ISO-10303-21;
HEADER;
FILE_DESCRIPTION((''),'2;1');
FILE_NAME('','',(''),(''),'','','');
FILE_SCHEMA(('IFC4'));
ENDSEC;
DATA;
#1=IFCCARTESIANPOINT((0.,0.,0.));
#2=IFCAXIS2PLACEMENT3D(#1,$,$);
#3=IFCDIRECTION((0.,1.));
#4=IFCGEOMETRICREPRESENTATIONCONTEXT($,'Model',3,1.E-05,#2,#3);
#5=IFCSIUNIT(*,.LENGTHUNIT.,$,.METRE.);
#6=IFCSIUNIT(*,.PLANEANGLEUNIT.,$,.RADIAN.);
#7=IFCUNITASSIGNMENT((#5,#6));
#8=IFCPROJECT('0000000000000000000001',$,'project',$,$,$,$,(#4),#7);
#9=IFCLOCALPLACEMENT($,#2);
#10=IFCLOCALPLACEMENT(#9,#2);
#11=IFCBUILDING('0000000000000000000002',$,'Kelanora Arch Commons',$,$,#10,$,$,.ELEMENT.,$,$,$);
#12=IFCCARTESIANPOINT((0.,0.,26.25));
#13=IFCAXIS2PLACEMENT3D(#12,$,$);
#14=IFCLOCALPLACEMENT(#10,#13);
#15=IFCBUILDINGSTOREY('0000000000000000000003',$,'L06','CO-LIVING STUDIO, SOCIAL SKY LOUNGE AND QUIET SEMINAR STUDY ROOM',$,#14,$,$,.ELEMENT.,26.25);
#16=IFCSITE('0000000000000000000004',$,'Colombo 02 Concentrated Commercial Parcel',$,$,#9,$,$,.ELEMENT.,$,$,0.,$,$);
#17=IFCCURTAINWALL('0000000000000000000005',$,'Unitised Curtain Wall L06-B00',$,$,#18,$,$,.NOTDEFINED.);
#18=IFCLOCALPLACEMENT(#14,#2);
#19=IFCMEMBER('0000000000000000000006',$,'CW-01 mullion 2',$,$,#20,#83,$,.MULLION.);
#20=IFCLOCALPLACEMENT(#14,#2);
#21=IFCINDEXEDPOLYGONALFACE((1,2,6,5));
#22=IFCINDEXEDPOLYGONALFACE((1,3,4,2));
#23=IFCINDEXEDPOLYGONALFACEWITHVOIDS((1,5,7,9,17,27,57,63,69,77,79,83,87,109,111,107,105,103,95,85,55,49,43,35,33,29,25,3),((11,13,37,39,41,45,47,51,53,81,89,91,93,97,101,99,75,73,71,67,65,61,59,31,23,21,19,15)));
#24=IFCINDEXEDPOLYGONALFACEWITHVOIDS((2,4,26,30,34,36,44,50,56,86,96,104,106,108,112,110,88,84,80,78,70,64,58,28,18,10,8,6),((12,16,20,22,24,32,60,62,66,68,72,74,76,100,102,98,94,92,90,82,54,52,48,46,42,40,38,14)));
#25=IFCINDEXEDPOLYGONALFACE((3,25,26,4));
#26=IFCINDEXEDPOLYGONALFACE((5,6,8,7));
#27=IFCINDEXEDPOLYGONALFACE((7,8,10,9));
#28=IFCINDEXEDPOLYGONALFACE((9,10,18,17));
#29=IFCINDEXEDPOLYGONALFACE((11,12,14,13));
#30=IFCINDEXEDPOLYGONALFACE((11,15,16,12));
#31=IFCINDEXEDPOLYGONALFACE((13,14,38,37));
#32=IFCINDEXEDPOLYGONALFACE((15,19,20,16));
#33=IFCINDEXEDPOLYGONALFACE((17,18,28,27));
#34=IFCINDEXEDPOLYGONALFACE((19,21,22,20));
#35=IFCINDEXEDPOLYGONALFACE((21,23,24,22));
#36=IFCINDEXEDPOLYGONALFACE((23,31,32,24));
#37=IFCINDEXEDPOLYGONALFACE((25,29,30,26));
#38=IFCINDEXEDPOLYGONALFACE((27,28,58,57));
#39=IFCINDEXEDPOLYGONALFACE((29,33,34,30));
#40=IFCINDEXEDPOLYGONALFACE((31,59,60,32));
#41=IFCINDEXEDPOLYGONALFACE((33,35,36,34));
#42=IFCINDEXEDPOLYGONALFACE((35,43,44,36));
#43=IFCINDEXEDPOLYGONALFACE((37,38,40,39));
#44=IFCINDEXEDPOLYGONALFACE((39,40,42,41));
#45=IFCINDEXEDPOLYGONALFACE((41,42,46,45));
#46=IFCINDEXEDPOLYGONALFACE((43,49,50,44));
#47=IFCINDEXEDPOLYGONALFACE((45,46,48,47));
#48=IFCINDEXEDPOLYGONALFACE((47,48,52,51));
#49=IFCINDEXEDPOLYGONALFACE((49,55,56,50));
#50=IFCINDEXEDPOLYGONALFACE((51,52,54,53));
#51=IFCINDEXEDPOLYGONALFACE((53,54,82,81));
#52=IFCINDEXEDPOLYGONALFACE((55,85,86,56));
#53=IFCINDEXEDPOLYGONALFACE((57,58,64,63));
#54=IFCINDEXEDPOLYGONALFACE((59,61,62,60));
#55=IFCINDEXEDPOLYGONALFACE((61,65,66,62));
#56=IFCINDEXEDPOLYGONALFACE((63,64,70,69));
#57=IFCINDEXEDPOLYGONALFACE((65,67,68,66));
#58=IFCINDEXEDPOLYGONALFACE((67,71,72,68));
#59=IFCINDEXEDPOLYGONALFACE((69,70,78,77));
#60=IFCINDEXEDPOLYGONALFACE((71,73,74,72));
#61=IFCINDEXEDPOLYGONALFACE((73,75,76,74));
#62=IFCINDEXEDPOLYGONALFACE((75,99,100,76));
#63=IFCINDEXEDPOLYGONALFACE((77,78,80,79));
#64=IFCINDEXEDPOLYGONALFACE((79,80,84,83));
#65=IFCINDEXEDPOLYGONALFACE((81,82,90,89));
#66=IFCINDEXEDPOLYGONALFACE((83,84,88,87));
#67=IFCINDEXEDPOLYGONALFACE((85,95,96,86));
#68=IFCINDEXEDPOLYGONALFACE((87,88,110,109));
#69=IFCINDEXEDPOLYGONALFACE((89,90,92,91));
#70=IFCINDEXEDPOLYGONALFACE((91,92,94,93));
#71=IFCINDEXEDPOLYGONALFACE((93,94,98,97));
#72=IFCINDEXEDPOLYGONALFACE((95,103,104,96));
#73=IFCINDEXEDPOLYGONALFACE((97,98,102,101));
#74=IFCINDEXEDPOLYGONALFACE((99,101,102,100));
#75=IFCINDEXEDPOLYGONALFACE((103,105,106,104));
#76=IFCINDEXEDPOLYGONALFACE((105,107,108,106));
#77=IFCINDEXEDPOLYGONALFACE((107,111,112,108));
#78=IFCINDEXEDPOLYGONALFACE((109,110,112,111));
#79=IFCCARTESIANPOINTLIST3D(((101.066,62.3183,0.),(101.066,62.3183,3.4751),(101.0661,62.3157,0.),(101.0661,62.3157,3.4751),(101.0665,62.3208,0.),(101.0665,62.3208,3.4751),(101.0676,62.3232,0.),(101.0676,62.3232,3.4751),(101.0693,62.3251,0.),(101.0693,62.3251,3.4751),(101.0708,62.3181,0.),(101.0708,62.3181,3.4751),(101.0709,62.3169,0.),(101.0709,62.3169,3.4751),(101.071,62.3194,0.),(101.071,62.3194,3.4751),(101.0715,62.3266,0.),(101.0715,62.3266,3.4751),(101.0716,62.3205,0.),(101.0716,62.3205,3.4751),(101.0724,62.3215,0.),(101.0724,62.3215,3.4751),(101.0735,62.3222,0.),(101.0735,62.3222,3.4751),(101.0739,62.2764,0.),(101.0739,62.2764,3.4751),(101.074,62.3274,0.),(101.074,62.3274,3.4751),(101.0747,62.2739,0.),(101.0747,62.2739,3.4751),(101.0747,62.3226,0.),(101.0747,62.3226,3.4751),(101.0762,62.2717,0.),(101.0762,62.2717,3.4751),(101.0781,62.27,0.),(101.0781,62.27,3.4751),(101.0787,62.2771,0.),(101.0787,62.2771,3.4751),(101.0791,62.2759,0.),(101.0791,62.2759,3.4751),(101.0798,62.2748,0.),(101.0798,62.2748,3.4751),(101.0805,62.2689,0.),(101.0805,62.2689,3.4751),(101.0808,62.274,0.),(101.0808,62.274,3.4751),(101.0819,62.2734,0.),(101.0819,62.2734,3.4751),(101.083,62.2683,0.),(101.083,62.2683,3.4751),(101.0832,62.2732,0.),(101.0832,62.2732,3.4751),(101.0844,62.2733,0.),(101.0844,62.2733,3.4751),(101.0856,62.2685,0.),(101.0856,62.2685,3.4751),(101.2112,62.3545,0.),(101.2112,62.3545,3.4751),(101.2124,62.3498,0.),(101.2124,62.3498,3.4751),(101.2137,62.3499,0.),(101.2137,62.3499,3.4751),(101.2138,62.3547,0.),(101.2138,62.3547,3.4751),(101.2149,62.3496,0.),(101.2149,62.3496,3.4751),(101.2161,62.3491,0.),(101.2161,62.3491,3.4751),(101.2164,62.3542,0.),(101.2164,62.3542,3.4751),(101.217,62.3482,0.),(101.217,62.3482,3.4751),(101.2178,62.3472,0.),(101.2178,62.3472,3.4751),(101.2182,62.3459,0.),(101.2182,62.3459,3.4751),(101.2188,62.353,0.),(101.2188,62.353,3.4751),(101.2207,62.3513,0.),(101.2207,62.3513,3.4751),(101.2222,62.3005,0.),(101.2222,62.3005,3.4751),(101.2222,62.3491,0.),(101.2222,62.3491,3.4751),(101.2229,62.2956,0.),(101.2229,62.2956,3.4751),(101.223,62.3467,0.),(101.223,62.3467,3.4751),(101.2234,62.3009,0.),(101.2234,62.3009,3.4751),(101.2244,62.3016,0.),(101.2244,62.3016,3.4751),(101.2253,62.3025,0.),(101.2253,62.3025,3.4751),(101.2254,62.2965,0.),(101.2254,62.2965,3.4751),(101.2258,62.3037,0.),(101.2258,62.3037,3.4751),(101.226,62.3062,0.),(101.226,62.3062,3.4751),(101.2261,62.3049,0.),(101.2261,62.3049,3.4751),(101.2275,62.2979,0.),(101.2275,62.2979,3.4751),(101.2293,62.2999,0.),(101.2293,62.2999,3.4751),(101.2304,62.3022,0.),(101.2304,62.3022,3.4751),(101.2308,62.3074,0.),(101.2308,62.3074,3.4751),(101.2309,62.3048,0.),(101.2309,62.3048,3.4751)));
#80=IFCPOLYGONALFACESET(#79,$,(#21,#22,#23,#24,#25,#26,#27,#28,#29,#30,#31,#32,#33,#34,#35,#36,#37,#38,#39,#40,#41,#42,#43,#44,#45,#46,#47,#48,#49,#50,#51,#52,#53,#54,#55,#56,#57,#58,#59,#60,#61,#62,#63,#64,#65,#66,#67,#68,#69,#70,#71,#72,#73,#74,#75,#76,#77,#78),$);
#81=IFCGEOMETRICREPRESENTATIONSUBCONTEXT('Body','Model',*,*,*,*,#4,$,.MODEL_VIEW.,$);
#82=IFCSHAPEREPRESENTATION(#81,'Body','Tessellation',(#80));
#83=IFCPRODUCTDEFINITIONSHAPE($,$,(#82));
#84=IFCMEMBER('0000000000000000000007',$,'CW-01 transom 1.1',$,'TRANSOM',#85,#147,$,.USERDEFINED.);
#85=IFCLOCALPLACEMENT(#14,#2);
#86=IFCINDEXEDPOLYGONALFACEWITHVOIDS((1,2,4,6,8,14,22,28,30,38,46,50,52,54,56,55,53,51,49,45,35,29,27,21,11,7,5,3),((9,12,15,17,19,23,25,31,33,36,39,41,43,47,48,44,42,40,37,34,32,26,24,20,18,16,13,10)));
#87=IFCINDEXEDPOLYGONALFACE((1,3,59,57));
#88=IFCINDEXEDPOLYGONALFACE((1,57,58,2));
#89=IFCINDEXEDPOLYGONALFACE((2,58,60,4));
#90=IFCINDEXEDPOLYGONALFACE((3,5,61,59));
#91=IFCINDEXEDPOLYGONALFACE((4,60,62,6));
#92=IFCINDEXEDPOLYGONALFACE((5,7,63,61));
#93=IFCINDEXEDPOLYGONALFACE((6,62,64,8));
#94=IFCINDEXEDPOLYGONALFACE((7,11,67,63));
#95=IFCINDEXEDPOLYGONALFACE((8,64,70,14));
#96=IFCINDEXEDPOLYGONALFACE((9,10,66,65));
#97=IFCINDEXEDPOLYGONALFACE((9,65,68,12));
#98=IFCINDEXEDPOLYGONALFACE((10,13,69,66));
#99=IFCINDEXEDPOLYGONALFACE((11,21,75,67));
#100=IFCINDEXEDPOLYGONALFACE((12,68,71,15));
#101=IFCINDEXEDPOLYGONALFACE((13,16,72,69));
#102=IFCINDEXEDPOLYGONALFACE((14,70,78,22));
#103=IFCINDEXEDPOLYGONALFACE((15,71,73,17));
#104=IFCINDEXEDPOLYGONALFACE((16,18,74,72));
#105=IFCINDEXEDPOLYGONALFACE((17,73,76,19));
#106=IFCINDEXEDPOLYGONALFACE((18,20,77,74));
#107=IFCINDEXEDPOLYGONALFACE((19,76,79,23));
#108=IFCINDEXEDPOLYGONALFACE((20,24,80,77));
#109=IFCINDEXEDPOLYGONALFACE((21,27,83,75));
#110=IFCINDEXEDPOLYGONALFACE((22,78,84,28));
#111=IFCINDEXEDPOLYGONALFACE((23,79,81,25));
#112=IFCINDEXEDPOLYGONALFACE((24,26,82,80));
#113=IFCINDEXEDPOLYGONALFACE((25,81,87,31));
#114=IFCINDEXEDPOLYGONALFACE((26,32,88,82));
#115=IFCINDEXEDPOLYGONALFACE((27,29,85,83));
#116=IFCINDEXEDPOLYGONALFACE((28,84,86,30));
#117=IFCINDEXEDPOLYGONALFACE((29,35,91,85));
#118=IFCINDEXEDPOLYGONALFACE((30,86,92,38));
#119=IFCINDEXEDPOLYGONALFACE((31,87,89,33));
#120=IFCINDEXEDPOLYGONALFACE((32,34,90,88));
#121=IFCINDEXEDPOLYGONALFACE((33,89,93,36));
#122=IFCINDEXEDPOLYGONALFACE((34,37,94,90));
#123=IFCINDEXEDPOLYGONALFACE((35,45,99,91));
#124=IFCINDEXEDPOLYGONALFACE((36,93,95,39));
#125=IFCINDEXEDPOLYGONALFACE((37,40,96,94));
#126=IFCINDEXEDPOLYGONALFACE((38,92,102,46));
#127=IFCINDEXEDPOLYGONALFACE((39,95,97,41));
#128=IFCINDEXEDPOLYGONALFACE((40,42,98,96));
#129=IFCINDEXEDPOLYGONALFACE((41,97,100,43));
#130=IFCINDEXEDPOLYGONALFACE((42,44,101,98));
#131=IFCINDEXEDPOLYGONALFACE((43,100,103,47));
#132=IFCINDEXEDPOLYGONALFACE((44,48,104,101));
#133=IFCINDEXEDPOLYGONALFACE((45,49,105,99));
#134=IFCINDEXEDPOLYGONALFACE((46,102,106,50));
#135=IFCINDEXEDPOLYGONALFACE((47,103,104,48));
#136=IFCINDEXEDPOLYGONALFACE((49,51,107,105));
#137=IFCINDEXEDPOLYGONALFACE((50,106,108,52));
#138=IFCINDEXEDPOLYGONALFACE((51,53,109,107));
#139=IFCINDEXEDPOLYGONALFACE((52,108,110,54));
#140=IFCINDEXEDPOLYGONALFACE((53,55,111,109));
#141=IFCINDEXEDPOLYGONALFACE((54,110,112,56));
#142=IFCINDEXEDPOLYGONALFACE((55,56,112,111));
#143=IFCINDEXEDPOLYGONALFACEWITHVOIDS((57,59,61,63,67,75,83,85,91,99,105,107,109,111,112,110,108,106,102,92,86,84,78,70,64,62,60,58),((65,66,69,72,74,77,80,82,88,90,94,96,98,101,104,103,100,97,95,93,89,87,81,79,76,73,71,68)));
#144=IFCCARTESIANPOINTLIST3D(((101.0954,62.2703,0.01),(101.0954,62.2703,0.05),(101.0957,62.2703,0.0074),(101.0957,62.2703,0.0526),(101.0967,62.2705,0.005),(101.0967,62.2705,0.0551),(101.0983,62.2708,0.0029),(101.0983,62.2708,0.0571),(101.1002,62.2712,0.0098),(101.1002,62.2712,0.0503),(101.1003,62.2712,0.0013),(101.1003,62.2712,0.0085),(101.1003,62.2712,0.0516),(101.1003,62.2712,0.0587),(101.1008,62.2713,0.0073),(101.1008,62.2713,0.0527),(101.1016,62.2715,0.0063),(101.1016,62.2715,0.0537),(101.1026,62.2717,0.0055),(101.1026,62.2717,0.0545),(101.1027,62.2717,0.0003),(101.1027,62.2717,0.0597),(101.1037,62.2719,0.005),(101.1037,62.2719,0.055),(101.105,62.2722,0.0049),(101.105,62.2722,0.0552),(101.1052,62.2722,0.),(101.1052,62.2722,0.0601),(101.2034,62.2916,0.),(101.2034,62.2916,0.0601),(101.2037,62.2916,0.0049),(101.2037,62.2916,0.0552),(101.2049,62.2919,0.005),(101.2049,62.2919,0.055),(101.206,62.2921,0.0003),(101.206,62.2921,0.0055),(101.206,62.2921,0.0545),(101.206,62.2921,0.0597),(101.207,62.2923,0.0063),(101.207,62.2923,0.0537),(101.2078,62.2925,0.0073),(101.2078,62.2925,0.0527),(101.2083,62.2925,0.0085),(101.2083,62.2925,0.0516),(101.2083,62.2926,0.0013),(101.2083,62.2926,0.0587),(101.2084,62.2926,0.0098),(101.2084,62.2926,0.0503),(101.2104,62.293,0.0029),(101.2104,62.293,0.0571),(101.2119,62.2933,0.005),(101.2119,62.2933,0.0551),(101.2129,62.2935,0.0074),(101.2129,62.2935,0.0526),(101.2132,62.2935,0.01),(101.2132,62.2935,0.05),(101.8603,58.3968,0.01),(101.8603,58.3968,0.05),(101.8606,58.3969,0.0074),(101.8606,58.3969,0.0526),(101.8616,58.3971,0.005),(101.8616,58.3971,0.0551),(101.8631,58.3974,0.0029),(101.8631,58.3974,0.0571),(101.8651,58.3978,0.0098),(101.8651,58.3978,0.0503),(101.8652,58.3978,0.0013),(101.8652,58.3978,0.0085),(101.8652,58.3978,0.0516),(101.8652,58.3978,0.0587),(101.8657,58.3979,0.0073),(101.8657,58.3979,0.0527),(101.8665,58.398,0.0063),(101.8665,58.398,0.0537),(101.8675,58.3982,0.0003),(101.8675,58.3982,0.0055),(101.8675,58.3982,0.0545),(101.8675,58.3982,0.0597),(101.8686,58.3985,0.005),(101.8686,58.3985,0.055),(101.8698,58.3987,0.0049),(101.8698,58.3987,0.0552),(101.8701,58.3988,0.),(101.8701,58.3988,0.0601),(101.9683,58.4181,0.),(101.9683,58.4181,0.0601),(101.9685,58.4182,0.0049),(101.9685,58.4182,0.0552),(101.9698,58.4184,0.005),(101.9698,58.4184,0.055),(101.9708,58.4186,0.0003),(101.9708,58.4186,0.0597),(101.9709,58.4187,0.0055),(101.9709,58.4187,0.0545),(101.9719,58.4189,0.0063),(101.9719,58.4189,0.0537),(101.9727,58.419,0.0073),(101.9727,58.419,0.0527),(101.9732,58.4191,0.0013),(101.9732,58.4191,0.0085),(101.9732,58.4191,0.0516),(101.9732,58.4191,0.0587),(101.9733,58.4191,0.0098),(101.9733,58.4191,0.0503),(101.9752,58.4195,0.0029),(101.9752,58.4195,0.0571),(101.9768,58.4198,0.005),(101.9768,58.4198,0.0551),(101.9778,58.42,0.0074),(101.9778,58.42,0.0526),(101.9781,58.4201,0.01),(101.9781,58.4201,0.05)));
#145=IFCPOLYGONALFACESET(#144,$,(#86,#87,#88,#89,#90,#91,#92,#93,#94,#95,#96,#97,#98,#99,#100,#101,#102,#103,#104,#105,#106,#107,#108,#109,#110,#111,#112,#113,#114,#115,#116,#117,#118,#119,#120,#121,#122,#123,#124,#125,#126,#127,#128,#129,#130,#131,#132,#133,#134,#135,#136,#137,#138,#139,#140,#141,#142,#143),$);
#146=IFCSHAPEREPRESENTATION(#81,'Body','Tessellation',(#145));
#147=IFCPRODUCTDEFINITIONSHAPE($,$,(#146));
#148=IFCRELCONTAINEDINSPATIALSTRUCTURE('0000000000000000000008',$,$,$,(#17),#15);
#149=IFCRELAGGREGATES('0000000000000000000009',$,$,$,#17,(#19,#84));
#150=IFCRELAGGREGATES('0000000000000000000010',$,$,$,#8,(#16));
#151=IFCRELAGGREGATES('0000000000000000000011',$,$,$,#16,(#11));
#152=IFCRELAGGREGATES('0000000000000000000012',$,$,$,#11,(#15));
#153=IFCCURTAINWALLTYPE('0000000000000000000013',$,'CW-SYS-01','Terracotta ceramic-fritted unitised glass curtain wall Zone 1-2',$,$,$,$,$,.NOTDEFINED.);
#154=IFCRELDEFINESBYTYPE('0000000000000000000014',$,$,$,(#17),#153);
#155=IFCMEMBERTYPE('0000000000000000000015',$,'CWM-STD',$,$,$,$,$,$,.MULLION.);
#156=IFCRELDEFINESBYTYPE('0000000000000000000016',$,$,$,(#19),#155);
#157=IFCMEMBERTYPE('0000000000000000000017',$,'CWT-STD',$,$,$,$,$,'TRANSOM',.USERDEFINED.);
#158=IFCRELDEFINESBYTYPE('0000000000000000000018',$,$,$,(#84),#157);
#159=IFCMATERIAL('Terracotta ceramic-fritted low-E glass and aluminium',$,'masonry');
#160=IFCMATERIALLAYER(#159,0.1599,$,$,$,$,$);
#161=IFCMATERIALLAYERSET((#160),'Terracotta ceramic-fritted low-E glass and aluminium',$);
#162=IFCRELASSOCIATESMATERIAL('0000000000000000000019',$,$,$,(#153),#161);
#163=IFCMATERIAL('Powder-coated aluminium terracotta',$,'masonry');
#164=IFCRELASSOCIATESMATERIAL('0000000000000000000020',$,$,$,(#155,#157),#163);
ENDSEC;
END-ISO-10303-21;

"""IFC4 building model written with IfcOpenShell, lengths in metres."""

from ifc_helpers import new_model, si_unit, direction, frame, origin, origin_2d, place, context, subcontext, project, spatial, hollow_rectangle, extrude, material, layer, layer_set, material_profile, profile_set, type_object, element, aggregate, save


model = new_model("IFC4")

# Units and contexts
model_context = context("Model", 3, precision=1e-05, world=origin(), true_north=direction((0.0, 1.0)))
body_context = subcontext(model_context, "Body", "Model", "MODEL_VIEW")
ifc_project = project(units=[si_unit("LENGTHUNIT", "METRE"), si_unit("PLANEANGLEUNIT", "RADIAN")], contexts=[model_context])

# Site, building, storey
site_placement = place(None, origin())
site = spatial("IfcSite", under=ifc_project, at=site_placement, Name="Colombo 02 Concentrated Commercial Parcel", CompositionType="ELEMENT", RefElevation=0.0)
building_placement = place(site_placement, origin())
building = spatial("IfcBuilding", under=site, at=building_placement, Name="Kelanora Arch Commons", CompositionType="ELEMENT")
storey_placement = place(building_placement, frame((0.0, 0.0, 26.25)))
storey = spatial("IfcBuildingStorey", under=building, at=storey_placement, Name="L06", Description="CO-LIVING STUDIO, SOCIAL SKY LOUNGE AND QUIET SEMINAR STUDY ROOM", CompositionType="ELEMENT", Elevation=26.25)

# Curtain wall, members
ifc_material_1 = material(Name="Terracotta ceramic-fritted low-E glass and aluminium", Category="masonry")
ifc_layer_1 = layer(ifc_material_1, 0.1599)
ifc_layer_set_1 = layer_set([ifc_layer_1], Name="Terracotta ceramic-fritted low-E glass and aluminium")
curtain_wall_type = type_object("IfcCurtainWallType", Name="CW-SYS-01", Description="Terracotta ceramic-fritted unitised glass curtain wall Zone 1-2", PredefinedType="NOTDEFINED", material=ifc_layer_set_1)
curtain_wall_placement = place(storey_placement, origin())
curtain_wall = element("IfcCurtainWall", 1, at=curtain_wall_placement, inside=storey, type_object=curtain_wall_type, Name="Unitised Curtain Wall L06-B00", PredefinedType="NOTDEFINED")
ifc_material_2 = material(Name="Powder-coated aluminium terracotta", Category="masonry")
ifc_material_profile_1 = material_profile(ifc_material_2, hollow_rectangle(XDim=0.1599, YDim=0.0601, WallThickness=0.0049, InnerFilletRadius=0.0049, OuterFilletRadius=0.01, at=origin_2d()), Name="CWM160x60")
ifc_profile_set_1 = profile_set([ifc_material_profile_1], Name="Powder-coated aluminium terracotta")
member_type_1 = type_object("IfcMemberType", Name="CWM-STD", PredefinedType="MULLION", material=ifc_profile_set_1)
member_1_placement = place(storey_placement, frame((101.1484, 62.3115, 0.0), z_axis=(0.0, 0.0, 1.0), x_axis=(-0.981052, -0.193744, 0.0)))
member_1 = element("IfcMember", 2, at=member_1_placement, type_object=member_type_1, Name="CW-01 mullion 2", PredefinedType="MULLION", context=body_context, shape_type="SweptSolid", body=[
    extrude(hollow_rectangle(XDim=0.1599, YDim=0.0601, WallThickness=0.0049, InnerFilletRadius=0.0049, OuterFilletRadius=0.01, at=origin_2d()), origin(), (0.0, 0.0, 1.0), 3.4751),
])
ifc_material_profile_2 = material_profile(ifc_material_2, hollow_rectangle(XDim=0.1201, YDim=0.0601, WallThickness=0.0049, InnerFilletRadius=0.0049, OuterFilletRadius=0.01, at=origin_2d()), Name="CWT120x60")
ifc_profile_set_2 = profile_set([ifc_material_profile_2], Name="Powder-coated aluminium terracotta")
member_type_2 = type_object("IfcMemberType", Name="CWT-STD", ElementType="TRANSOM", PredefinedType="USERDEFINED", material=ifc_profile_set_2)
member_2_placement = place(storey_placement, frame((101.9192, 58.4084, 0.03), z_axis=(-0.193725, 0.981056, 0.0), x_axis=(-0.981056, -0.193725, 0.0)))
member_2 = element("IfcMember", 3, at=member_2_placement, type_object=member_type_2, Name="CW-01 transom 1.1", ObjectType="TRANSOM", PredefinedType="USERDEFINED", context=body_context, shape_type="SweptSolid", body=[
    extrude(hollow_rectangle(XDim=0.1201, YDim=0.0601, WallThickness=0.0049, InnerFilletRadius=0.0049, OuterFilletRadius=0.01, at=origin_2d()), origin(), (0.0, 0.0, 1.0), 3.9482),
])
aggregate(curtain_wall, [member_1, member_2])

save(model, "model.ifc")
